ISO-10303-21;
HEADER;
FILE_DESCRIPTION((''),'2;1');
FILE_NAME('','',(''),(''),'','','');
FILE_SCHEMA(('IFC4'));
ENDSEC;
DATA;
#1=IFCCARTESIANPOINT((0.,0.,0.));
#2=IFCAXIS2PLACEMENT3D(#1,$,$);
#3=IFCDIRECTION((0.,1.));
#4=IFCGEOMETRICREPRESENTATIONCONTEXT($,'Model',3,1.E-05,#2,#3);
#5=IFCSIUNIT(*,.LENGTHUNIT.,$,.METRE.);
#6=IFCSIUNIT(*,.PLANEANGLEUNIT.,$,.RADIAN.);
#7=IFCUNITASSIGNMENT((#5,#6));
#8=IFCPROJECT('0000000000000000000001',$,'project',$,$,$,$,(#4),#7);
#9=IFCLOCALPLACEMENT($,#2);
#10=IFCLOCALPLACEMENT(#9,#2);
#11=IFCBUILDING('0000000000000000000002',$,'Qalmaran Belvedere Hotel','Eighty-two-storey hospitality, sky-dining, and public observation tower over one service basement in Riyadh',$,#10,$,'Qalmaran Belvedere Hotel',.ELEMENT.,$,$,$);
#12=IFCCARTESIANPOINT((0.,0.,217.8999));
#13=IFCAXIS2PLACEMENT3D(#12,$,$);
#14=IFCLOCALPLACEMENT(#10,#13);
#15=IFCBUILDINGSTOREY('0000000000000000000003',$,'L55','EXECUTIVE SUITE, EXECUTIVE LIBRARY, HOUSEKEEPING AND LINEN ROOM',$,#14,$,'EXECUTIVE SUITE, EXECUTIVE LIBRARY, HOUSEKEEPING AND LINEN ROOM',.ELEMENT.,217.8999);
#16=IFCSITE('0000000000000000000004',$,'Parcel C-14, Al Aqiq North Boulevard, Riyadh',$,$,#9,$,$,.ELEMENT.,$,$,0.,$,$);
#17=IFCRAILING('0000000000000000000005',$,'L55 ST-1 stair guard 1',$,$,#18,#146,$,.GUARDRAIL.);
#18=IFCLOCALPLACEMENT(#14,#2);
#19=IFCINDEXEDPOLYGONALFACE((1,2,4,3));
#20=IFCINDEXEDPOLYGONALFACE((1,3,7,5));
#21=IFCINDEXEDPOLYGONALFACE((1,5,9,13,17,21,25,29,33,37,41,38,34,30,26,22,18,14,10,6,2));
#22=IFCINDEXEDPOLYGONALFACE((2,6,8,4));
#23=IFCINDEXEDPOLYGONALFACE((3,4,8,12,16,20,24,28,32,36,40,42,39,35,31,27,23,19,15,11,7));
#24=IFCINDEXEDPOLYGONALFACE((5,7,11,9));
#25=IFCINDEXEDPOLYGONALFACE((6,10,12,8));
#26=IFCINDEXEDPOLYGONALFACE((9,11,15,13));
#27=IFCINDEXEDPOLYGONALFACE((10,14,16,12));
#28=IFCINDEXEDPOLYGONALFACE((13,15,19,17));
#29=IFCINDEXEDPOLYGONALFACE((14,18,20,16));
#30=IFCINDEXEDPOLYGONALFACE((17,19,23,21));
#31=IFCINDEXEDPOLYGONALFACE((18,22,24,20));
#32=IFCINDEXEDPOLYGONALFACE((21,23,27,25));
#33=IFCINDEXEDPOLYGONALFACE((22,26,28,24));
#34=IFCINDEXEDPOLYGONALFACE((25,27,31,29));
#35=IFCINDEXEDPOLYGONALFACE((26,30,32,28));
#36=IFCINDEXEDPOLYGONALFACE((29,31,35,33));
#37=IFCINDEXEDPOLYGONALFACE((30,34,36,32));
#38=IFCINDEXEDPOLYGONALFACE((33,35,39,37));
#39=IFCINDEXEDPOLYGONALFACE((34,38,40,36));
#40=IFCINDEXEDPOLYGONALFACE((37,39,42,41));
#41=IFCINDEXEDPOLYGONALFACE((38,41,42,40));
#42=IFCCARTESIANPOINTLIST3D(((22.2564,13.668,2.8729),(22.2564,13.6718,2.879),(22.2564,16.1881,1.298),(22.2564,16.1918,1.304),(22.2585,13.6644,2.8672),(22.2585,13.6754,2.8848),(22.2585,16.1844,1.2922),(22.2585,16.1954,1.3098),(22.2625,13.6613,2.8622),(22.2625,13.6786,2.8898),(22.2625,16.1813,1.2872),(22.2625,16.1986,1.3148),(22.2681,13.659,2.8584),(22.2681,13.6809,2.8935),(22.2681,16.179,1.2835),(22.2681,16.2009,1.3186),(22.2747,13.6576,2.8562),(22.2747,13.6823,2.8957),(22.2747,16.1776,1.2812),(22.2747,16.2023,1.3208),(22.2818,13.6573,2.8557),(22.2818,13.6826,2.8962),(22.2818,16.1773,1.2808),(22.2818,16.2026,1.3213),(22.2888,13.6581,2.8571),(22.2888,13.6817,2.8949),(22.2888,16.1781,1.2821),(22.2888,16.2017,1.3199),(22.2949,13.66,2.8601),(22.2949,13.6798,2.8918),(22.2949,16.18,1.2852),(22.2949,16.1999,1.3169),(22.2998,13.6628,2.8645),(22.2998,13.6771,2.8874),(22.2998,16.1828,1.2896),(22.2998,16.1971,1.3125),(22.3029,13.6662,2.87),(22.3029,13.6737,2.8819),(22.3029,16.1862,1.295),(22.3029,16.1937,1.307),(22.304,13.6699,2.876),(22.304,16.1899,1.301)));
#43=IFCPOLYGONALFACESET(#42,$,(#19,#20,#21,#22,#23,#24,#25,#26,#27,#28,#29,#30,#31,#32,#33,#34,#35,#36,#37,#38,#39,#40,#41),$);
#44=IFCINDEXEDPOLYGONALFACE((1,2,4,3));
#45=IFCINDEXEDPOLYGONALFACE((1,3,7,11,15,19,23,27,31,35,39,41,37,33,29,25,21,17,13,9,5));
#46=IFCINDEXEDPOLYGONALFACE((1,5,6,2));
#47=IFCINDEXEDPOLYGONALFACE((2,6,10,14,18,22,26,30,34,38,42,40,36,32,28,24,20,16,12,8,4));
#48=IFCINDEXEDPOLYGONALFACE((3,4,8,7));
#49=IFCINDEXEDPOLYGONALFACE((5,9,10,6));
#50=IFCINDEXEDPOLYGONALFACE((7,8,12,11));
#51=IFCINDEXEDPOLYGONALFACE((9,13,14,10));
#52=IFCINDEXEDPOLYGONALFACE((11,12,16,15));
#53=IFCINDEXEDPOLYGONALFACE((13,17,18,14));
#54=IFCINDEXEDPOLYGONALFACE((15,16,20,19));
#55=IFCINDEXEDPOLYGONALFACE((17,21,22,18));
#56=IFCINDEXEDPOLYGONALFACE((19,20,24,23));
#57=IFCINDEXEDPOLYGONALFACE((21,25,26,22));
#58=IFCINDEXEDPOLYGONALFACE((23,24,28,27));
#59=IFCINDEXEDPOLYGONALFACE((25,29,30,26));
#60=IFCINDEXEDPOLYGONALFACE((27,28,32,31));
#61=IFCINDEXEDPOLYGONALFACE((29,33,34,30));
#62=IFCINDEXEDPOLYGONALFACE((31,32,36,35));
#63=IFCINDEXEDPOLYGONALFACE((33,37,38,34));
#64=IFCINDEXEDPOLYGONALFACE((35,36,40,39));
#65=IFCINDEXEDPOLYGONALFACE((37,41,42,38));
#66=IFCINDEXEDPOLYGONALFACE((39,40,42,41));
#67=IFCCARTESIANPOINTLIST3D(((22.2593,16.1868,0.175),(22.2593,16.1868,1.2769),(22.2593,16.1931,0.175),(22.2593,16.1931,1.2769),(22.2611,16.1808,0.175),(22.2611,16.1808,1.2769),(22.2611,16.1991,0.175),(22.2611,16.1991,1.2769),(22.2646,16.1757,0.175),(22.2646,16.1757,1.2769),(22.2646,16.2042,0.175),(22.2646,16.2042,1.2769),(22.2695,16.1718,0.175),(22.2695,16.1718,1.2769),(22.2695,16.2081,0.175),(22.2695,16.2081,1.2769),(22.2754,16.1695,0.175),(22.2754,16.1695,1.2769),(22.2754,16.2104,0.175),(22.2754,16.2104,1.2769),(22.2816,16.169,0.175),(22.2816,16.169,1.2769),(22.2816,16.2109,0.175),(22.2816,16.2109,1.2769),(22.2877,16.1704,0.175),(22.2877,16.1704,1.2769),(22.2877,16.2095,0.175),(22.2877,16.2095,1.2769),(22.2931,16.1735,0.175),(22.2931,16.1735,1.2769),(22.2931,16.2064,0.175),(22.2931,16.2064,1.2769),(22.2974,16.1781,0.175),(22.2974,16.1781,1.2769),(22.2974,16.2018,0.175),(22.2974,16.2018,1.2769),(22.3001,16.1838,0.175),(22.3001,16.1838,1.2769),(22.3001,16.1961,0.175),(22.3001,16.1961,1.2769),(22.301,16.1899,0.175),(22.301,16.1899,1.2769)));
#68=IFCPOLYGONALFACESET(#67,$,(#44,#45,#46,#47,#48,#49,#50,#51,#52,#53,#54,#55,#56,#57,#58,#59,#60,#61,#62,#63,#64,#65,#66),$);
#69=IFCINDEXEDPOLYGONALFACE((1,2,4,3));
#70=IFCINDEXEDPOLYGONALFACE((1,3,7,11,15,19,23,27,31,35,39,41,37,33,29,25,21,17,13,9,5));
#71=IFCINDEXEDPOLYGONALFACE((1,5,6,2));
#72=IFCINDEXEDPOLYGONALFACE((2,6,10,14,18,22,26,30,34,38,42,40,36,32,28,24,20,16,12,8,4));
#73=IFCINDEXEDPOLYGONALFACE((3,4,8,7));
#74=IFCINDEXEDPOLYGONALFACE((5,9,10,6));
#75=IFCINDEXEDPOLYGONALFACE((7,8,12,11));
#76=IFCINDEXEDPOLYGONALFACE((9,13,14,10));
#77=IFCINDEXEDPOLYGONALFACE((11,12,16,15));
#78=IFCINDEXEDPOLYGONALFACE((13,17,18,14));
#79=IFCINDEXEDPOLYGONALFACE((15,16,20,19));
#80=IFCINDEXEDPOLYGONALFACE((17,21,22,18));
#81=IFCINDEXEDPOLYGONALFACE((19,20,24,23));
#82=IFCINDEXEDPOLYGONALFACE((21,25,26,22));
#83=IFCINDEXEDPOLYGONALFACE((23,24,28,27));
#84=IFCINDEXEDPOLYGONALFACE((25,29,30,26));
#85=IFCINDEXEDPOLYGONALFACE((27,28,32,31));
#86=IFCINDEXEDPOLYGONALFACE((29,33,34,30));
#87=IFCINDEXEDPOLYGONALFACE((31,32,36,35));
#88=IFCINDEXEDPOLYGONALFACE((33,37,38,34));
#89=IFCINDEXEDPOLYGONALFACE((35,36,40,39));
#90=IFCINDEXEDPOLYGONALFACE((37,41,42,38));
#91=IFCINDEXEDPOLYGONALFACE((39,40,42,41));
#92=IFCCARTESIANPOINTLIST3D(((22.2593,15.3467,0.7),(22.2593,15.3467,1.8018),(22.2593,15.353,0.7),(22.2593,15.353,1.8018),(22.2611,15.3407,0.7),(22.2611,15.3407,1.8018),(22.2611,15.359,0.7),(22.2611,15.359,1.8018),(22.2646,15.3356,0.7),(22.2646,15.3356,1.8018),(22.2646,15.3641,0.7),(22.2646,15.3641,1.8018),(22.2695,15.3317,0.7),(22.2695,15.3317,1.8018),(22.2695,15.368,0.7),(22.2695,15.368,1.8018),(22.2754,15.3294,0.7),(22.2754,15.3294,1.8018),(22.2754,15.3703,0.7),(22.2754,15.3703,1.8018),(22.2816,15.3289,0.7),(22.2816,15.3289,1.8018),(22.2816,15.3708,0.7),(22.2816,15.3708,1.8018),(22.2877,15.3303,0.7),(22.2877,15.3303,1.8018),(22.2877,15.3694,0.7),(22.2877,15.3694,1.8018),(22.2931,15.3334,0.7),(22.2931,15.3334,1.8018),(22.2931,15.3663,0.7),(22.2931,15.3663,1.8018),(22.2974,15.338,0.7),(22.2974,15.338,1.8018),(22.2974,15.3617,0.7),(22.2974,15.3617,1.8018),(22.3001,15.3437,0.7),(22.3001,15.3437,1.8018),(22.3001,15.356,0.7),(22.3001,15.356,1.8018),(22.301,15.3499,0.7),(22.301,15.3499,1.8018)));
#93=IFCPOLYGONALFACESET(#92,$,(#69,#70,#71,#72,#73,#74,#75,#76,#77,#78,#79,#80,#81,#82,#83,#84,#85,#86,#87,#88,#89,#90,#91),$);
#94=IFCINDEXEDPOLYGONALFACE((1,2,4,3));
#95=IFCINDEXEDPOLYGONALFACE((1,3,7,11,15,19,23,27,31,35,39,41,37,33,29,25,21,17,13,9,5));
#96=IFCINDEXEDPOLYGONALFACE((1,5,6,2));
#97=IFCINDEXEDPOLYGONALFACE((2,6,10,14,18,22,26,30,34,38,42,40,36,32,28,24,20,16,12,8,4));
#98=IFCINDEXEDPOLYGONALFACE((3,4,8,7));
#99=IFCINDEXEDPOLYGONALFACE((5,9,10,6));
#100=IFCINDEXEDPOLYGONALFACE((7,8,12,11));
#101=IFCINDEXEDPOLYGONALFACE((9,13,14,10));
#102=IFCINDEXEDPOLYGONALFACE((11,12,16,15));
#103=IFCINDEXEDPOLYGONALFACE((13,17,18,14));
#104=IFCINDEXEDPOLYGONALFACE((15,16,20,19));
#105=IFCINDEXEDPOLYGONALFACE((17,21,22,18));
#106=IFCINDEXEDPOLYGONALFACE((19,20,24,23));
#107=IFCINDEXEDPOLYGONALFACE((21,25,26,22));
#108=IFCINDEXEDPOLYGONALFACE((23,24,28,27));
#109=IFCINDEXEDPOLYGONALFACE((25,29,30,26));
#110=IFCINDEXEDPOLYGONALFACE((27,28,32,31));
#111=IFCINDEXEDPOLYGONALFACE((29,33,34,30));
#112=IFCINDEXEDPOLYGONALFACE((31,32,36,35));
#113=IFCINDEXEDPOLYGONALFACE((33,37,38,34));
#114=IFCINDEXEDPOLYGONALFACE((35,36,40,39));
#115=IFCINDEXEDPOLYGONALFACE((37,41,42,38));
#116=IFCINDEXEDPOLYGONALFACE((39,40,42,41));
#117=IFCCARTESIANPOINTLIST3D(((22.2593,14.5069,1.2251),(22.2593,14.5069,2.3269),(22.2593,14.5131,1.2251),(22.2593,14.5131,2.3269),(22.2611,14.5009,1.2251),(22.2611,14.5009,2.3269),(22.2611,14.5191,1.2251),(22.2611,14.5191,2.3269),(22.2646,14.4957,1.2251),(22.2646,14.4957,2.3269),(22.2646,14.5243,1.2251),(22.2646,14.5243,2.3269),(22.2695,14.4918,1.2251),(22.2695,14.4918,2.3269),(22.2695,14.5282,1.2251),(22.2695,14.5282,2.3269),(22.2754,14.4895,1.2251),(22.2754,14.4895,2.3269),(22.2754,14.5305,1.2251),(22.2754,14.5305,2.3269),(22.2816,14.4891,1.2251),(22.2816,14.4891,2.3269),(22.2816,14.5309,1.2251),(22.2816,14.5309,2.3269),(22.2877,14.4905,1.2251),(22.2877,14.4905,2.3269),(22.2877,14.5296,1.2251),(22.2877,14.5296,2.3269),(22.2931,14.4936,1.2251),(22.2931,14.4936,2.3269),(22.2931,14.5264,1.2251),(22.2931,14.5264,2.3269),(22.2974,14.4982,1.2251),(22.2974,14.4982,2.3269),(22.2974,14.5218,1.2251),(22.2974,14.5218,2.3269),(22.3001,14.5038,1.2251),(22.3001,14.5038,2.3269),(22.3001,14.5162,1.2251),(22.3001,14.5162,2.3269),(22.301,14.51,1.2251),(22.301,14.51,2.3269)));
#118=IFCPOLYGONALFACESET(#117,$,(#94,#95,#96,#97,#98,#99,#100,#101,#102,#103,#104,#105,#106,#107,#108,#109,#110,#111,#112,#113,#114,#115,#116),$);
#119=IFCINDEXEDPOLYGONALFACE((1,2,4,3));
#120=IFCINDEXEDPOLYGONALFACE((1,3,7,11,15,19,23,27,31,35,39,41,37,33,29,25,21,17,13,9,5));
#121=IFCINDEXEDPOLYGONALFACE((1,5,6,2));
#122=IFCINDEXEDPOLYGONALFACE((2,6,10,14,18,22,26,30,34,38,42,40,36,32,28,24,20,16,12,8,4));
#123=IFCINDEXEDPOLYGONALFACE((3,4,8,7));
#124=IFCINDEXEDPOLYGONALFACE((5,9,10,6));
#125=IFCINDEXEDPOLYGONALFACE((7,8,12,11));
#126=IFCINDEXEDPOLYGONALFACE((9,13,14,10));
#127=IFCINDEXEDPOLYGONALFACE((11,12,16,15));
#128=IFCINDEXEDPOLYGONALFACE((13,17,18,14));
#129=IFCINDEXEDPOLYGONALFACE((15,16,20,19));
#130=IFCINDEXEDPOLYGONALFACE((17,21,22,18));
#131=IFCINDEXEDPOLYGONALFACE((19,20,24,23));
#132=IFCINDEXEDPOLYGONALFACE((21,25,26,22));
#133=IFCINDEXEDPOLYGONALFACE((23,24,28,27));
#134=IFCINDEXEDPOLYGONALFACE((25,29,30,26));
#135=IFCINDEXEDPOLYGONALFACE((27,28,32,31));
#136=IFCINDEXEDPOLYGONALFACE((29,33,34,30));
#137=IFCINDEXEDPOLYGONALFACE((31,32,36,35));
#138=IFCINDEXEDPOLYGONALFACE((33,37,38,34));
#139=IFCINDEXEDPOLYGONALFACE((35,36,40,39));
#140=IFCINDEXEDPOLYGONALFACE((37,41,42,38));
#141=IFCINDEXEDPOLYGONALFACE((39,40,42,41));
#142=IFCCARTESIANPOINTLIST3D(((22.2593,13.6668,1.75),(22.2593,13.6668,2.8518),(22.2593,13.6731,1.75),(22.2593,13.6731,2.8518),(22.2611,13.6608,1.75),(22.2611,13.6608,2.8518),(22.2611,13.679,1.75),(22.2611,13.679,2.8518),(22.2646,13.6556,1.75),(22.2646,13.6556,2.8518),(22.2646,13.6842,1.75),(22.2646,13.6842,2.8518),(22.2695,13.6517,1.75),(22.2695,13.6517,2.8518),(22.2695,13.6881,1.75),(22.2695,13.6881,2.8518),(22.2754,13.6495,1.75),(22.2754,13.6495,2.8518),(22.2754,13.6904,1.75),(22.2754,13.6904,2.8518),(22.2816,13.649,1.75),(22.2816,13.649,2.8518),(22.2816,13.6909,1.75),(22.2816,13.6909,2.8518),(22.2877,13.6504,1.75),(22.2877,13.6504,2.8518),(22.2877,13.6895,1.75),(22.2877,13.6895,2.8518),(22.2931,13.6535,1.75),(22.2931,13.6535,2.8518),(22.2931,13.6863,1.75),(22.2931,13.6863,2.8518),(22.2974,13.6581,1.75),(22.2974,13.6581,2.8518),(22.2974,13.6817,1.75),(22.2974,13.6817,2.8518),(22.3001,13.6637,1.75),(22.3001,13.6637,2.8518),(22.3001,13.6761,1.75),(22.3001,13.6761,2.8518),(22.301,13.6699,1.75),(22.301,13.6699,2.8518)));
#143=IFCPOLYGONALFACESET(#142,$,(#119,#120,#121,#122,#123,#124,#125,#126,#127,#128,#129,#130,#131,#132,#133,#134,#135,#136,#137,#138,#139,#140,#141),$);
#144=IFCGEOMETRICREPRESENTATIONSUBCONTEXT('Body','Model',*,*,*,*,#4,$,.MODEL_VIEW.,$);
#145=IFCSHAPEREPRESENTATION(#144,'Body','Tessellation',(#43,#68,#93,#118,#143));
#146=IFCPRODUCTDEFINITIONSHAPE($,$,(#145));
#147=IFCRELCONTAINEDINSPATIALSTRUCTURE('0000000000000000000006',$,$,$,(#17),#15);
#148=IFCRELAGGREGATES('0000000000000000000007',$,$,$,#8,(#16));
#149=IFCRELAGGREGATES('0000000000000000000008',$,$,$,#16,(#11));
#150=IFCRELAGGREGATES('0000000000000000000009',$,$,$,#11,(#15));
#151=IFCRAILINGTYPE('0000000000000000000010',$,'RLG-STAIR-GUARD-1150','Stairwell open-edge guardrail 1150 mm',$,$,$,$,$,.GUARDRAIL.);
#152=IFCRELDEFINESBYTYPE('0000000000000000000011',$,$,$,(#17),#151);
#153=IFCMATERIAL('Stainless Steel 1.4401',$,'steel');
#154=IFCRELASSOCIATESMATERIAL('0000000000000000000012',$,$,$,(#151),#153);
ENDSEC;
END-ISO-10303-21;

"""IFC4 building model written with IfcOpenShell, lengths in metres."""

from ifc_helpers import new_model, si_unit, direction, frame, origin, origin_2d, place, context, subcontext, project, spatial, circle, extrude, material, type_object, element, save


model = new_model("IFC4")

# Units and contexts
model_context = context("Model", 3, precision=1e-05, world=origin(), true_north=direction((0.0, 1.0)))
body_context = subcontext(model_context, "Body", "Model", "MODEL_VIEW")
ifc_project = project(units=[si_unit("LENGTHUNIT", "METRE"), si_unit("PLANEANGLEUNIT", "RADIAN")], contexts=[model_context])

# Site, building, storey
site_placement = place(None, origin())
site = spatial("IfcSite", under=ifc_project, at=site_placement, Name="Parcel C-14, Al Aqiq North Boulevard, Riyadh", CompositionType="ELEMENT", RefElevation=0.0)
building_placement = place(site_placement, origin())
building = spatial("IfcBuilding", under=site, at=building_placement, Name="Qalmaran Belvedere Hotel", Description="Eighty-two-storey hospitality, sky-dining, and public observation tower over one service basement in Riyadh", LongName="Qalmaran Belvedere Hotel", CompositionType="ELEMENT")
storey_placement = place(building_placement, frame((0.0, 0.0, 217.8999)))
storey = spatial("IfcBuildingStorey", under=building, at=storey_placement, Name="L55", Description="EXECUTIVE SUITE, EXECUTIVE LIBRARY, HOUSEKEEPING AND LINEN ROOM", LongName="EXECUTIVE SUITE, EXECUTIVE LIBRARY, HOUSEKEEPING AND LINEN ROOM", CompositionType="ELEMENT", Elevation=217.8999)

# Railing
ifc_material_1 = material(Name="Stainless Steel 1.4401", Category="steel")
railing_type_1 = type_object("IfcRailingType", Name="RLG-STAIR-GUARD-1150", Description="Stairwell open-edge guardrail 1150 mm", PredefinedType="GUARDRAIL", material=ifc_material_1)
railing_1_placement = place(storey_placement, frame((22.28, 16.1899, 0.175)))
element("IfcRailing", 1, at=railing_1_placement, inside=storey, type_object=railing_type_1, Name="L55 ST-1 stair guard 1", PredefinedType="GUARDRAIL", context=body_context, shape_type="SweptSolid", body=[
    extrude(circle(Radius=0.0239, at=origin_2d()), frame((0.0, 0.0, 1.126), z_axis=(0.0, -0.848008, 0.529984), x_axis=(1.0, 0.0, 0.0)), (0.0, 0.0, 1.0), 2.9717),
    extrude(circle(Radius=0.021, at=origin_2d()), origin(), (0.0, 0.0, 1.0), 1.1018),
    extrude(circle(Radius=0.021, at=origin_2d()), frame((0.0, -0.8401, 0.5249)), (0.0, 0.0, 1.0), 1.1018),
    extrude(circle(Radius=0.021, at=origin_2d()), frame((0.0, -1.6799, 1.05)), (0.0, 0.0, 1.0), 1.1018),
    extrude(circle(Radius=0.021, at=origin_2d()), frame((0.0, -2.52, 1.575)), (0.0, 0.0, 1.0), 1.1018),
])

save(model, "model.ifc")
